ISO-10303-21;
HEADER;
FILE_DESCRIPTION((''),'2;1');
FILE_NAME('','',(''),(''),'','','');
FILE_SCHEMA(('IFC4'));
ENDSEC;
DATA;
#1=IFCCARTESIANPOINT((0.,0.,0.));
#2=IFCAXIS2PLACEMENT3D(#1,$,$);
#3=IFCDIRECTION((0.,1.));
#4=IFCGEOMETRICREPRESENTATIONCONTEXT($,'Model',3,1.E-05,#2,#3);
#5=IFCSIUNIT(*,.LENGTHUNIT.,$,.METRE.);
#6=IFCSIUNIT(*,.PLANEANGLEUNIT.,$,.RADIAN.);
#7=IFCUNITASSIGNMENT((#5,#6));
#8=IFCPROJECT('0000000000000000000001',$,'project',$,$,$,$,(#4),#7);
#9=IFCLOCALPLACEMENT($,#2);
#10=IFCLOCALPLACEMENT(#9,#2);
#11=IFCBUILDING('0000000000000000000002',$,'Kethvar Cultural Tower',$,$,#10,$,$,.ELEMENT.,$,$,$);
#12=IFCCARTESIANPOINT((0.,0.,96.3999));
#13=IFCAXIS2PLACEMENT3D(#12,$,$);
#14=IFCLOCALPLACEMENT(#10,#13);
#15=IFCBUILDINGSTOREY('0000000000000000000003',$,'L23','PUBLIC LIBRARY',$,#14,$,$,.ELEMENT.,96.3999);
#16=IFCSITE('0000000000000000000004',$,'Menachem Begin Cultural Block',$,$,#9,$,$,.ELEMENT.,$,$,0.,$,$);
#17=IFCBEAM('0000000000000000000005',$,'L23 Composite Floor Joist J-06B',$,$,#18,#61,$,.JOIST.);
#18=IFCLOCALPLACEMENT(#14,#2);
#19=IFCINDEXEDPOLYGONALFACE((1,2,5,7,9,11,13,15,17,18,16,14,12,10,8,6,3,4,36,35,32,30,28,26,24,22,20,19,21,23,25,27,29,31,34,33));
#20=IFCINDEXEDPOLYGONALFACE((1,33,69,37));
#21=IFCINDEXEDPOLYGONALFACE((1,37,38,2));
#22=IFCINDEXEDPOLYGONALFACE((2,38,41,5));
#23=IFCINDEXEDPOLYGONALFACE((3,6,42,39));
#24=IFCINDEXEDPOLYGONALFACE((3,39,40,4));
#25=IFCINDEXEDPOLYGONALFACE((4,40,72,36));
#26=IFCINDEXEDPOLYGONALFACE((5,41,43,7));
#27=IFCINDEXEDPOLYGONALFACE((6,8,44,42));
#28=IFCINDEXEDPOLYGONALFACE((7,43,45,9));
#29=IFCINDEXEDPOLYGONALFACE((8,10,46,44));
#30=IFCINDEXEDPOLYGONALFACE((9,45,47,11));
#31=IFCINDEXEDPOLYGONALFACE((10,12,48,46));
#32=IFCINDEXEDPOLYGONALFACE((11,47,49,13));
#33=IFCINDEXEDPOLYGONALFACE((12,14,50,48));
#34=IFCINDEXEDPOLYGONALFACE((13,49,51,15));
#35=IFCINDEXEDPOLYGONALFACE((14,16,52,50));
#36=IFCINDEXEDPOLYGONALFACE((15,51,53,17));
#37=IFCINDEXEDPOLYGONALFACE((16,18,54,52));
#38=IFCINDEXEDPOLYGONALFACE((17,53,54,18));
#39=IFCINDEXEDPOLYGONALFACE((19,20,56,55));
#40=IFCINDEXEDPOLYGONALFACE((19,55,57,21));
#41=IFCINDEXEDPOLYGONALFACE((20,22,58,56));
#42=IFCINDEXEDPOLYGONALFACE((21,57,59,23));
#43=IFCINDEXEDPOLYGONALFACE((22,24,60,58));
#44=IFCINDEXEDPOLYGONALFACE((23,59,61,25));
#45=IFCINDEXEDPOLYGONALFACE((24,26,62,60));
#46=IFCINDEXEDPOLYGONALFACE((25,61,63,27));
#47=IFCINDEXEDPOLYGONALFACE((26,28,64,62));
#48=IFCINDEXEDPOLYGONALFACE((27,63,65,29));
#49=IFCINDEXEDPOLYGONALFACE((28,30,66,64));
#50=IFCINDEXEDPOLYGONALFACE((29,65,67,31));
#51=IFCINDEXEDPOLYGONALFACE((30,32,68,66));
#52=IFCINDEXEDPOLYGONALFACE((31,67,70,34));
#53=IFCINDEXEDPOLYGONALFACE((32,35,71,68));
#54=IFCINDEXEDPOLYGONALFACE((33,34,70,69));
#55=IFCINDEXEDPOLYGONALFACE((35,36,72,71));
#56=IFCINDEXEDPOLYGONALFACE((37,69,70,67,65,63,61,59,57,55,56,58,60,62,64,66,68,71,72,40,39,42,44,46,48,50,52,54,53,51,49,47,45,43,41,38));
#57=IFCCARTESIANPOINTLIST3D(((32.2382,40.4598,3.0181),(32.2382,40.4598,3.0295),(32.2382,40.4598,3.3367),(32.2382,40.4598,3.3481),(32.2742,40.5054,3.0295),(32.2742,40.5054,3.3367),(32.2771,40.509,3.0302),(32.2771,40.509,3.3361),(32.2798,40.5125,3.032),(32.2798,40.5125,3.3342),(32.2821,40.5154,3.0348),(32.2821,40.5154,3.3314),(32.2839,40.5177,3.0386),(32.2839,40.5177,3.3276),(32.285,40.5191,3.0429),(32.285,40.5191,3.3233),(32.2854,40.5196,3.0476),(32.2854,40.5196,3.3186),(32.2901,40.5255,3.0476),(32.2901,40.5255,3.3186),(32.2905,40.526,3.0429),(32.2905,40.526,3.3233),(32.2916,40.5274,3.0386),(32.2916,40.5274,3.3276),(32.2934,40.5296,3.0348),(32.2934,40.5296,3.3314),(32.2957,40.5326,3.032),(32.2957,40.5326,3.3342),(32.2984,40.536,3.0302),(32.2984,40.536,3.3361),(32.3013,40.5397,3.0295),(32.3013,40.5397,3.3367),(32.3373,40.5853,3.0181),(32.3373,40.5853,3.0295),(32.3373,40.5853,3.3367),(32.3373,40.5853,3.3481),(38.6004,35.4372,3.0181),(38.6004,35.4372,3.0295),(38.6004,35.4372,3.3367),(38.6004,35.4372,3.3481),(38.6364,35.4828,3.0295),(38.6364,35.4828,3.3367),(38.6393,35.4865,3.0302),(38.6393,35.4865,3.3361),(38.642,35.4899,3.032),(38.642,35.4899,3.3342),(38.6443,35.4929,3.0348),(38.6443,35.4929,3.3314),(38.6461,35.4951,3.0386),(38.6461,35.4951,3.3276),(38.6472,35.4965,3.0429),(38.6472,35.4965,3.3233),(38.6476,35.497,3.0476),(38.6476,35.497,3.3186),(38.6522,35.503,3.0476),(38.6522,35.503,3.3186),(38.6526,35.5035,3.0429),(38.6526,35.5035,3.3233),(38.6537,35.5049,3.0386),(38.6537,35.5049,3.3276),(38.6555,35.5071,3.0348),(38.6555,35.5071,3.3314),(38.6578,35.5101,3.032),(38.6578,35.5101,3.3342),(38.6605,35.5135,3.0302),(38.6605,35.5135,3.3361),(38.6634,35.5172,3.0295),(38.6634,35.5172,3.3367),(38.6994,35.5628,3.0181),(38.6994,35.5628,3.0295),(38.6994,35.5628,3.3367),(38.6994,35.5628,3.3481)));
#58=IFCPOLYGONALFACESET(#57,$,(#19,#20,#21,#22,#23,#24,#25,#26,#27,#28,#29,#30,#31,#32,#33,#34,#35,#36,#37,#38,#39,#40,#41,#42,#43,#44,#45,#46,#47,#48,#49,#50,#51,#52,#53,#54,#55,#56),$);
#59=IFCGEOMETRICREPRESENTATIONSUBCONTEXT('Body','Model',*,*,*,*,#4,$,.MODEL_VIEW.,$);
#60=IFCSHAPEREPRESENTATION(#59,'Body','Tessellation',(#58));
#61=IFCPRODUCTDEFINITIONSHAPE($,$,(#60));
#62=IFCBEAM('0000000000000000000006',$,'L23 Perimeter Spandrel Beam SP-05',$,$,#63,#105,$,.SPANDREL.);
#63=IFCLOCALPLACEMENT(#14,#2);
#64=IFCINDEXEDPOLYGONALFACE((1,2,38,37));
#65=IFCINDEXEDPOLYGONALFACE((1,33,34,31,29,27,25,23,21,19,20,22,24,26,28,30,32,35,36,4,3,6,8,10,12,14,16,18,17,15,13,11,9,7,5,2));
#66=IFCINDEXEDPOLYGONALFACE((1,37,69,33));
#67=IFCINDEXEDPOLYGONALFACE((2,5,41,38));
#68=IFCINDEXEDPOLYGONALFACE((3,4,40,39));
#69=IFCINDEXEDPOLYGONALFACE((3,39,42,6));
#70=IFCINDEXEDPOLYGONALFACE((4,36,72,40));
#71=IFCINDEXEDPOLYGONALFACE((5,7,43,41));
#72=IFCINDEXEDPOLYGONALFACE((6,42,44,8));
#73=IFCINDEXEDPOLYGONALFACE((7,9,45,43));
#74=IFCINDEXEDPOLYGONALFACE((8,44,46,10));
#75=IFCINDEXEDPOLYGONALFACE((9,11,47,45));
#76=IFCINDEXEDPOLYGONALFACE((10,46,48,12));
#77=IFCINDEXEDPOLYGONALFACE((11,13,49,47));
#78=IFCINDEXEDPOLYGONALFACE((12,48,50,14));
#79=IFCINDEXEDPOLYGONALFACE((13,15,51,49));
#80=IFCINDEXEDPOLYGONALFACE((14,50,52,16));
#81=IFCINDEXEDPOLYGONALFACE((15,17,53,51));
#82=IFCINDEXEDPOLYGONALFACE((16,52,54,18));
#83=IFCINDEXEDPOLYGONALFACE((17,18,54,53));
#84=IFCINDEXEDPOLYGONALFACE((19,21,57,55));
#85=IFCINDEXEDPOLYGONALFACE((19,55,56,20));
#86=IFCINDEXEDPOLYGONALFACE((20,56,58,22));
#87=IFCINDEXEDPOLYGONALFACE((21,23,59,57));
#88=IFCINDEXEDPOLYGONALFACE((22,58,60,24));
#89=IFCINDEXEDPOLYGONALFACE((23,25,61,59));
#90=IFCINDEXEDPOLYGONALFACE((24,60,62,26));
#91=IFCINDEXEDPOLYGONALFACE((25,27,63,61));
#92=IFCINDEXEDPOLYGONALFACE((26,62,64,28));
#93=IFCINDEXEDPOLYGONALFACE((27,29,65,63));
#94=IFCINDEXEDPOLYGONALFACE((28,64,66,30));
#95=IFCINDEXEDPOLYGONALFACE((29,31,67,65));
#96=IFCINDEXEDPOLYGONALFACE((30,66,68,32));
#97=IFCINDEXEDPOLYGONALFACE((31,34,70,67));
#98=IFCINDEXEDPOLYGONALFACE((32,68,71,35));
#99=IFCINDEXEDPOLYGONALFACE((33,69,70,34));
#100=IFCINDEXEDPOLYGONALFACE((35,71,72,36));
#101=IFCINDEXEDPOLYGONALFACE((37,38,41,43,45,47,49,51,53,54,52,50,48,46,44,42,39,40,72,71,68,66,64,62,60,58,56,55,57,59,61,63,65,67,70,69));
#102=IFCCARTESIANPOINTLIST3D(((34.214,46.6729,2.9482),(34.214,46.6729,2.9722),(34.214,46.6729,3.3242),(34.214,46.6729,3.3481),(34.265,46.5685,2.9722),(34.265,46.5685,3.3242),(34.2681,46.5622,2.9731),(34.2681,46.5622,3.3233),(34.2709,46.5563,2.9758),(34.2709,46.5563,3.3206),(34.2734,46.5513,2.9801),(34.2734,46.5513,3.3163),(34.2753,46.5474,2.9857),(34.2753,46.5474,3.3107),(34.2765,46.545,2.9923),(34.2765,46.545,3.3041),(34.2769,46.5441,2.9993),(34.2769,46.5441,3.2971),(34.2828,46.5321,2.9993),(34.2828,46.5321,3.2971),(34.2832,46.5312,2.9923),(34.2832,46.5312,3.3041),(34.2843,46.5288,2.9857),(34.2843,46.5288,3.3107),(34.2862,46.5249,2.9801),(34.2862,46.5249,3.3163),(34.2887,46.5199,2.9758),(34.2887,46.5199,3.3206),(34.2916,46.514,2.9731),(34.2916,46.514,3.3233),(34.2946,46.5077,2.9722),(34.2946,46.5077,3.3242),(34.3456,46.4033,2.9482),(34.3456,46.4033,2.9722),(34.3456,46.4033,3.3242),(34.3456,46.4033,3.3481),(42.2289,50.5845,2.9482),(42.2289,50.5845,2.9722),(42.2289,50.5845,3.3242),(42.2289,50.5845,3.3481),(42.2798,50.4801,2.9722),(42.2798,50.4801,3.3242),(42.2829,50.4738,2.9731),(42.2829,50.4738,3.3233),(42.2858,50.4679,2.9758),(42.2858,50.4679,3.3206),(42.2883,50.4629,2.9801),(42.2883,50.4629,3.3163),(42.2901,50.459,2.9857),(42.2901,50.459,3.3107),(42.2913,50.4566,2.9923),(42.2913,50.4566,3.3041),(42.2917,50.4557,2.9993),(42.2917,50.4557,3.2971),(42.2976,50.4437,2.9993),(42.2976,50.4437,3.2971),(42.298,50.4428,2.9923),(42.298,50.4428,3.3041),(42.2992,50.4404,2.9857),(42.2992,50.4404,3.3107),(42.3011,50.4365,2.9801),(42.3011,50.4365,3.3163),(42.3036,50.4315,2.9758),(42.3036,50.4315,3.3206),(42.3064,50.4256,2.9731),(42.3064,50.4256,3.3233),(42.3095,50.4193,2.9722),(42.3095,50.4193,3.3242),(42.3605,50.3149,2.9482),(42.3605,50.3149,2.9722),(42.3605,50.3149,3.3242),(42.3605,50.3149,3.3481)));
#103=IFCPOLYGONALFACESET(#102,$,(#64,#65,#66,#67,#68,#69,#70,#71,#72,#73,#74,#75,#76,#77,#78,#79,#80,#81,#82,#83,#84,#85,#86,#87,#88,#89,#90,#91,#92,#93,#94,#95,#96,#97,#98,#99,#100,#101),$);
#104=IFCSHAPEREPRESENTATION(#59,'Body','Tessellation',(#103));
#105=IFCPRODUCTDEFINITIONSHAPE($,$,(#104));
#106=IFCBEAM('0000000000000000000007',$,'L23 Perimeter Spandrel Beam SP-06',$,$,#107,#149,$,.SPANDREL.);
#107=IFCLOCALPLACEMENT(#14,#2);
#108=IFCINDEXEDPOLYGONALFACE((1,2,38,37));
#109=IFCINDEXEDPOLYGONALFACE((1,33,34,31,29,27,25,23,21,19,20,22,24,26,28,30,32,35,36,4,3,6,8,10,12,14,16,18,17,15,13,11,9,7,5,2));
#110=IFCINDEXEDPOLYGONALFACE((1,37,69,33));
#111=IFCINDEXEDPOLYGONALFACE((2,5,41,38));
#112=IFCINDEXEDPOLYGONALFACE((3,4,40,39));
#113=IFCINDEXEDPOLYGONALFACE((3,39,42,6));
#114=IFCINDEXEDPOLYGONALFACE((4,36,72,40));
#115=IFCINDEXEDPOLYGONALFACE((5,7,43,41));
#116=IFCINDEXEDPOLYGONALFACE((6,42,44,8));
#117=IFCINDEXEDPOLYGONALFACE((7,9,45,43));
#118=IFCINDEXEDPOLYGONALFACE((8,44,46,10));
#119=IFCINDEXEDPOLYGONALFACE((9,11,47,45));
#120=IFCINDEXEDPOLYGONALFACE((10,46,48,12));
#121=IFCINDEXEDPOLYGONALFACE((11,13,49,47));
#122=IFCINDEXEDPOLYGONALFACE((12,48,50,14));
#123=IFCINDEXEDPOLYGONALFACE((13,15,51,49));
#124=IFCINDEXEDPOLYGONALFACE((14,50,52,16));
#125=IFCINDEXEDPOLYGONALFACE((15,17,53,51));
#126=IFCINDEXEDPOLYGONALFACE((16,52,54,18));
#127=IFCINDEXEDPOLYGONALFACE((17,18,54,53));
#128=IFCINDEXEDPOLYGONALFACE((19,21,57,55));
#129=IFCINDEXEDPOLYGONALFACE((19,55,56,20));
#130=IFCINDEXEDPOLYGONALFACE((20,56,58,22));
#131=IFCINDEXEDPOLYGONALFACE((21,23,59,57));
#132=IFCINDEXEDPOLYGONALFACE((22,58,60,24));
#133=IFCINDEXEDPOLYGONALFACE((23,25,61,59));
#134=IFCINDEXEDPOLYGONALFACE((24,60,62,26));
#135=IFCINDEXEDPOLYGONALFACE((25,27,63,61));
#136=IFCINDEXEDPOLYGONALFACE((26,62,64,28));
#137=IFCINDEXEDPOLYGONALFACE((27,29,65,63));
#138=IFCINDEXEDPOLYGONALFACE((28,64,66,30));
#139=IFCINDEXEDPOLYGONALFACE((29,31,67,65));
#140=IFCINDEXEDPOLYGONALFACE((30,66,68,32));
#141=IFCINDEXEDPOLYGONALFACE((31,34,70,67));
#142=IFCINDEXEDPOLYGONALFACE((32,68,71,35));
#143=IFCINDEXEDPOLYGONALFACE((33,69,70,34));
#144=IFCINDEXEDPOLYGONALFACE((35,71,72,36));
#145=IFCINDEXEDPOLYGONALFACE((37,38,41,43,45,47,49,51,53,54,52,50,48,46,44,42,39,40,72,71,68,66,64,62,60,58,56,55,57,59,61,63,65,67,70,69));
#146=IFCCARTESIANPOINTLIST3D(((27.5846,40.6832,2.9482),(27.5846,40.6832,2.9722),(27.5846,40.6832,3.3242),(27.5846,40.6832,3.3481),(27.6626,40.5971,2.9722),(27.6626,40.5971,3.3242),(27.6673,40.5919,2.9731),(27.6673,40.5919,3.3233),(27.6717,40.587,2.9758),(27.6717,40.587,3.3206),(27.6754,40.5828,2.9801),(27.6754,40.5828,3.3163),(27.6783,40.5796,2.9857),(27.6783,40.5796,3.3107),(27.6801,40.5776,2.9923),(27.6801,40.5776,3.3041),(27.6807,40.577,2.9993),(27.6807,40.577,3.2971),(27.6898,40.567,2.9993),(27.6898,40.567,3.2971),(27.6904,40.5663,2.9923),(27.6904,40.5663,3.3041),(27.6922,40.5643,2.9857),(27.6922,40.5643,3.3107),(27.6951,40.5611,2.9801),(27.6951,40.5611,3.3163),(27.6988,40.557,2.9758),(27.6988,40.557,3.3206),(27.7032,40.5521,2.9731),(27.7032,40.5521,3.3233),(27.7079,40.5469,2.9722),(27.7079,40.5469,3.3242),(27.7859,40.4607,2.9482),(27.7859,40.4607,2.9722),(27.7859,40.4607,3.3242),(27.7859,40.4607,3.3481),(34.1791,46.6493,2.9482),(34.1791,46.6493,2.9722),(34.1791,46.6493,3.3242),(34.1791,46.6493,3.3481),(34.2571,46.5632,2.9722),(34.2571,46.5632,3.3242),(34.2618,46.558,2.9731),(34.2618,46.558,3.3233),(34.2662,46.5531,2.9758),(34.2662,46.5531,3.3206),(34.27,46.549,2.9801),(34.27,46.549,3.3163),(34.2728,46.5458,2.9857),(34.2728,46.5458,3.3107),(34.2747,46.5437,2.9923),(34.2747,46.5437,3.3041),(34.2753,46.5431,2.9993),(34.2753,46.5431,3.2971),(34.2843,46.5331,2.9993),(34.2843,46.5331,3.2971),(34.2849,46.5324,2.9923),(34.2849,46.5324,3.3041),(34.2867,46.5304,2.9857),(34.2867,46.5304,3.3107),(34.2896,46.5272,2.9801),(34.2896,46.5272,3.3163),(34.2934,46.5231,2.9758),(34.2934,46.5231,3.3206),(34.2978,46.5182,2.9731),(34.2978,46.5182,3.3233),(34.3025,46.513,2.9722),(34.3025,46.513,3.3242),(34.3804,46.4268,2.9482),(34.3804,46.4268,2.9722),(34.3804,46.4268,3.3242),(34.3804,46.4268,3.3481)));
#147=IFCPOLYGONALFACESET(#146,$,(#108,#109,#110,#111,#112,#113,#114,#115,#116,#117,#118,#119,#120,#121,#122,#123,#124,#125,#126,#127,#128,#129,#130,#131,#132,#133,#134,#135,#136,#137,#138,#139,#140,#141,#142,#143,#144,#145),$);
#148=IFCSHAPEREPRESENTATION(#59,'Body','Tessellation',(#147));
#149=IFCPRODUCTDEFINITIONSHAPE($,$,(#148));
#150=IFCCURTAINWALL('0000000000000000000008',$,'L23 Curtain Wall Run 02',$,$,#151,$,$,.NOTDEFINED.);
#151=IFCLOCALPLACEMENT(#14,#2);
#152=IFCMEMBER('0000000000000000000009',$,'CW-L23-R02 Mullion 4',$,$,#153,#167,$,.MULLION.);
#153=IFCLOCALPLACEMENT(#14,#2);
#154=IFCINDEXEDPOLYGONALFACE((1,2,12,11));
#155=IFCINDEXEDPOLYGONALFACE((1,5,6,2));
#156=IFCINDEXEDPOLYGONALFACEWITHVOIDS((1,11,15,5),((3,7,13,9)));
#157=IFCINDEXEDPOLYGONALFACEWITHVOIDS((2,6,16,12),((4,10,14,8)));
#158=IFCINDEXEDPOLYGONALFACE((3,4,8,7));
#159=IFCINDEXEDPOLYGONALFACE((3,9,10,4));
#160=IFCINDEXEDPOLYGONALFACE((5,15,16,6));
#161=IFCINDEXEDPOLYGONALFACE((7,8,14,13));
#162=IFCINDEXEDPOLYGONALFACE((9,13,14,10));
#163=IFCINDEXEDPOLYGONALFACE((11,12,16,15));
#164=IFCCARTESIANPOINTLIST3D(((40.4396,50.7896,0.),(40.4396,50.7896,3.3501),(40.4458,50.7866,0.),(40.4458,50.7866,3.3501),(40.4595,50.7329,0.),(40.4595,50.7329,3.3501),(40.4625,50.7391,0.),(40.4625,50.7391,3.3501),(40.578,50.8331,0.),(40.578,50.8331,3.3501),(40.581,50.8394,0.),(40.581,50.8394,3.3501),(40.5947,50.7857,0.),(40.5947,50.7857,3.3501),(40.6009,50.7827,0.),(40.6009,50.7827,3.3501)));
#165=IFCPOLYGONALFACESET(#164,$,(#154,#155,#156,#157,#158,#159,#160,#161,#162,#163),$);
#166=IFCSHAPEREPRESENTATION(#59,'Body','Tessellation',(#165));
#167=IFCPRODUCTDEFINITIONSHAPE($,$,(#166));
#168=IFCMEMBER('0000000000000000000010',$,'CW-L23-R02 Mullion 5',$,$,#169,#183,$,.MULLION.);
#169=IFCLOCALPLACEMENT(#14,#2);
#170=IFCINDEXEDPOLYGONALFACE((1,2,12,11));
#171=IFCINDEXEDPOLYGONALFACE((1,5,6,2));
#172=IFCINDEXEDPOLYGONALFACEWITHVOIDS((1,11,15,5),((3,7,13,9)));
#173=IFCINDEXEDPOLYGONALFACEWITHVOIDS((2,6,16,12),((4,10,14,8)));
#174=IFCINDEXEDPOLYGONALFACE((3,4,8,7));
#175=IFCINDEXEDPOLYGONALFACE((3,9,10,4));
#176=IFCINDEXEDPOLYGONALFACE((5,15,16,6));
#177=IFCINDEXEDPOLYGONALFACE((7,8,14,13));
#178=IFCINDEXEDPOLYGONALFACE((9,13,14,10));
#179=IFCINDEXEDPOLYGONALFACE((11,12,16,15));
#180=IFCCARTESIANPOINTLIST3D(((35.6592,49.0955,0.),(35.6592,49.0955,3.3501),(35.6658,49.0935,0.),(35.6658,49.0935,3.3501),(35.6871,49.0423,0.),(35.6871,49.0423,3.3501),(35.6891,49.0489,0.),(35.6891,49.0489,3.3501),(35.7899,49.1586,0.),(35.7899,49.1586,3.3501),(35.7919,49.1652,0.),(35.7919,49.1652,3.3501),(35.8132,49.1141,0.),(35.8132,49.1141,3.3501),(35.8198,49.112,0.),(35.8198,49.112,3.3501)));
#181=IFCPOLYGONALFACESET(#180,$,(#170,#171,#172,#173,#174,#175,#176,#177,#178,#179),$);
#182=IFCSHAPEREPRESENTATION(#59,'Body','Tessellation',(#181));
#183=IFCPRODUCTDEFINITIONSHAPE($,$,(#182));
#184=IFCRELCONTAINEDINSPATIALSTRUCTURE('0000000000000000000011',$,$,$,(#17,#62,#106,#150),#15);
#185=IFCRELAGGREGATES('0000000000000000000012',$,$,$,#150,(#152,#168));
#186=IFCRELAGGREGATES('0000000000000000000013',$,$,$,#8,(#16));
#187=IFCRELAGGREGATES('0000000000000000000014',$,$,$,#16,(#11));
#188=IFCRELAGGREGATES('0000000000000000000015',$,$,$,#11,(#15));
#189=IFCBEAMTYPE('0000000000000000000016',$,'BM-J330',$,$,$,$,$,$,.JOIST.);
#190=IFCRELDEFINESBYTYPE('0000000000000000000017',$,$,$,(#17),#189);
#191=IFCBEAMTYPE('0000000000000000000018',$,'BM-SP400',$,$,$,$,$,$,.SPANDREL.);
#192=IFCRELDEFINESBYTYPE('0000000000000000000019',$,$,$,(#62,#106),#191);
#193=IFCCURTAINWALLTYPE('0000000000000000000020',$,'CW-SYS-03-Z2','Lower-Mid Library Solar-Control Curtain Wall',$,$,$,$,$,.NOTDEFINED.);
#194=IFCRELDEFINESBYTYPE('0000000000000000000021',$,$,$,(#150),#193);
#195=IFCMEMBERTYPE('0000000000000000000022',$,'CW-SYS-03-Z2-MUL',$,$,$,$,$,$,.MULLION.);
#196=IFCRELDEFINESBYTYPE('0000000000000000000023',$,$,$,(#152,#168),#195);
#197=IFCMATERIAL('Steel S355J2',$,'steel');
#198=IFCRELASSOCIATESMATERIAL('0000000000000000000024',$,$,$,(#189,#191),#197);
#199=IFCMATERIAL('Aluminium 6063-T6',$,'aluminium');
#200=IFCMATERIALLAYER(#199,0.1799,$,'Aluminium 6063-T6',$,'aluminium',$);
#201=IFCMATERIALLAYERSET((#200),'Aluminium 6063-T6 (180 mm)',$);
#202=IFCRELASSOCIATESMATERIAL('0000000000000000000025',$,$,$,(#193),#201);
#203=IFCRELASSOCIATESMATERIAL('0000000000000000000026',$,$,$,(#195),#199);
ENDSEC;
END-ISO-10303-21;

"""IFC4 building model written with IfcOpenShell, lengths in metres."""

from ifc_helpers import new_model, si_unit, direction, frame, origin, origin_2d, place, context, subcontext, project, spatial, hollow_rectangle, i_section, extrude, source, transform, mapped, material, layer, layer_set, material_profile, profile_set, type_object, element, aggregate, save


model = new_model("IFC4")

# Units and contexts
model_context = context("Model", 3, precision=1e-05, world=origin(), true_north=direction((0.0, 1.0)))
body_context = subcontext(model_context, "Body", "Model", "MODEL_VIEW")
ifc_project = project(units=[si_unit("LENGTHUNIT", "METRE"), si_unit("PLANEANGLEUNIT", "RADIAN")], contexts=[model_context])

# Site, building, storey
site_placement = place(None, origin())
site = spatial("IfcSite", under=ifc_project, at=site_placement, Name="Menachem Begin Cultural Block", CompositionType="ELEMENT", RefElevation=0.0)
building_placement = place(site_placement, origin())
building = spatial("IfcBuilding", under=site, at=building_placement, Name="Kethvar Cultural Tower", CompositionType="ELEMENT")
storey_placement = place(building_placement, frame((0.0, 0.0, 96.3999)))
storey = spatial("IfcBuildingStorey", under=building, at=storey_placement, Name="L23", Description="PUBLIC LIBRARY", CompositionType="ELEMENT", Elevation=96.3999)

# Beams
ifc_material_1 = material(Name="Steel S355J2", Category="steel")
ifc_material_profile_1 = material_profile(ifc_material_1, i_section(OverallWidth=0.1599, OverallDepth=0.3301, WebThickness=0.0076, FlangeThickness=0.0115, FilletRadius=0.0181, at=origin_2d()), Name="Steel S355J2 — IPE330")
ifc_profile_set_1 = profile_set([ifc_material_profile_1], Name="Steel S355J2 — IPE330")
beam_type_1 = type_object("IfcBeamType", Name="BM-J330", PredefinedType="JOIST", material=ifc_profile_set_1)
shared_shape_1 = source(origin(), body_context, "Body", "SweptSolid", [
    extrude(i_section(OverallWidth=0.1599, OverallDepth=0.3301, WebThickness=0.0076, FlangeThickness=0.0115, FilletRadius=0.0181, at=origin_2d()), origin(), (0.0, 0.0, 1.0), 8.1057),
])
beam_1_placement = place(storey_placement, frame((38.6499, 35.5, 3.1831), z_axis=(-0.784896, 0.619628, 0.0), x_axis=(-0.619628, -0.784896, 0.0)))
element("IfcBeam", 1, at=beam_1_placement, inside=storey, type_object=beam_type_1, Name="L23 Composite Floor Joist J-06B", PredefinedType="JOIST", context=body_context, shape_type="MappedRepresentation", body=[
    mapped(shared_shape_1, transform((0.0, 0.0, 0.0), scale=1.0)),
])
ifc_material_profile_2 = material_profile(ifc_material_1, i_section(OverallWidth=0.3, OverallDepth=0.3999, WebThickness=0.0134, FlangeThickness=0.0239, FilletRadius=0.0271, at=origin_2d()), Name="Steel S355J2 — HEB400")
ifc_profile_set_2 = profile_set([ifc_material_profile_2], Name="Steel S355J2 — HEB400")
beam_type_2 = type_object("IfcBeamType", Name="BM-SP400", PredefinedType="SPANDREL", material=ifc_profile_set_2)
shared_shape_2 = source(origin(), body_context, "Body", "SweptSolid", [
    extrude(i_section(OverallWidth=0.3, OverallDepth=0.3999, WebThickness=0.0134, FlangeThickness=0.0239, FilletRadius=0.0271, at=origin_2d()), origin(), (0.0, 0.0, 1.0), 8.9185),
])
beam_2_placement = place(storey_placement, frame((42.2947, 50.4497, 3.1482), z_axis=(-0.898684, -0.438597, 0.0), x_axis=(0.438597, -0.898684, 0.0)))
element("IfcBeam", 2, at=beam_2_placement, inside=storey, type_object=beam_type_2, Name="L23 Perimeter Spandrel Beam SP-05", PredefinedType="SPANDREL", context=body_context, shape_type="MappedRepresentation", body=[
    mapped(shared_shape_2, transform((0.0, 0.0, 0.0), scale=1.0)),
])
shared_shape_3 = source(origin(), body_context, "Body", "SweptSolid", [
    extrude(i_section(OverallWidth=0.3, OverallDepth=0.3999, WebThickness=0.0134, FlangeThickness=0.0239, FilletRadius=0.0271, at=origin_2d()), origin(), (0.0, 0.0, 1.0), 8.8928),
])
beam_3_placement = place(storey_placement, frame((34.2798, 46.5381, 3.1482), z_axis=(-0.741557, -0.67089, 0.0), x_axis=(0.67089, -0.741557, 0.0)))
element("IfcBeam", 3, at=beam_3_placement, inside=storey, type_object=beam_type_2, Name="L23 Perimeter Spandrel Beam SP-06", PredefinedType="SPANDREL", context=body_context, shape_type="MappedRepresentation", body=[
    mapped(shared_shape_3, transform((0.0, 0.0, 0.0), scale=1.0)),
])

# Curtain wall, members
ifc_material_2 = material(Name="Aluminium 6063-T6", Category="aluminium")
ifc_layer_1 = layer(ifc_material_2, 0.1799, Name="Aluminium 6063-T6", Category="aluminium")
ifc_layer_set_1 = layer_set([ifc_layer_1], Name="Aluminium 6063-T6 (180 mm)")
curtain_wall_type = type_object("IfcCurtainWallType", Name="CW-SYS-03-Z2", Description="Lower-Mid Library Solar-Control Curtain Wall", PredefinedType="NOTDEFINED", material=ifc_layer_set_1)
curtain_wall_placement = place(storey_placement, origin())
curtain_wall = element("IfcCurtainWall", 4, at=curtain_wall_placement, inside=storey, type_object=curtain_wall_type, Name="L23 Curtain Wall Run 02", PredefinedType="NOTDEFINED")
ifc_material_profile_3 = material_profile(ifc_material_2, hollow_rectangle(XDim=0.0601, YDim=0.1499, WallThickness=0.0049, at=origin_2d()), Name="Aluminium 6063-T6 — RHS150x60x5")
ifc_profile_set_3 = profile_set([ifc_material_profile_3], Name="Aluminium 6063-T6 — RHS150x60x5")
member_type_1 = type_object("IfcMemberType", Name="CW-SYS-03-Z2-MUL", PredefinedType="MULLION", material=ifc_profile_set_3)
shared_shape_4 = source(origin(), body_context, "Body", "SweptSolid", [
    extrude(hollow_rectangle(XDim=0.0601, YDim=0.1499, WallThickness=0.0049, at=origin_2d()), origin(), (0.0, 0.0, 1.0), 3.3501),
])
member_1_placement = place(storey_placement, frame((40.5203, 50.7861, 0.0), z_axis=(0.0, 0.0, 1.0), x_axis=(0.332211, -0.943205, 0.0)))
member_1 = element("IfcMember", 5, at=member_1_placement, type_object=member_type_1, Name="CW-L23-R02 Mullion 4", PredefinedType="MULLION", context=body_context, shape_type="MappedRepresentation", body=[
    mapped(shared_shape_4, transform((0.0, 0.0, 0.0), scale=1.0)),
])
member_2_placement = place(storey_placement, frame((35.7395, 49.1038, 0.0), z_axis=(0.0, 0.0, 1.0), x_axis=(0.464672, -0.885483, 0.0)))
member_2 = element("IfcMember", 6, at=member_2_placement, type_object=member_type_1, Name="CW-L23-R02 Mullion 5", PredefinedType="MULLION", context=body_context, shape_type="MappedRepresentation", body=[
    mapped(shared_shape_4, transform((0.0, 0.0, 0.0), scale=1.0)),
])
aggregate(curtain_wall, [member_1, member_2])

save(model, "model.ifc")
